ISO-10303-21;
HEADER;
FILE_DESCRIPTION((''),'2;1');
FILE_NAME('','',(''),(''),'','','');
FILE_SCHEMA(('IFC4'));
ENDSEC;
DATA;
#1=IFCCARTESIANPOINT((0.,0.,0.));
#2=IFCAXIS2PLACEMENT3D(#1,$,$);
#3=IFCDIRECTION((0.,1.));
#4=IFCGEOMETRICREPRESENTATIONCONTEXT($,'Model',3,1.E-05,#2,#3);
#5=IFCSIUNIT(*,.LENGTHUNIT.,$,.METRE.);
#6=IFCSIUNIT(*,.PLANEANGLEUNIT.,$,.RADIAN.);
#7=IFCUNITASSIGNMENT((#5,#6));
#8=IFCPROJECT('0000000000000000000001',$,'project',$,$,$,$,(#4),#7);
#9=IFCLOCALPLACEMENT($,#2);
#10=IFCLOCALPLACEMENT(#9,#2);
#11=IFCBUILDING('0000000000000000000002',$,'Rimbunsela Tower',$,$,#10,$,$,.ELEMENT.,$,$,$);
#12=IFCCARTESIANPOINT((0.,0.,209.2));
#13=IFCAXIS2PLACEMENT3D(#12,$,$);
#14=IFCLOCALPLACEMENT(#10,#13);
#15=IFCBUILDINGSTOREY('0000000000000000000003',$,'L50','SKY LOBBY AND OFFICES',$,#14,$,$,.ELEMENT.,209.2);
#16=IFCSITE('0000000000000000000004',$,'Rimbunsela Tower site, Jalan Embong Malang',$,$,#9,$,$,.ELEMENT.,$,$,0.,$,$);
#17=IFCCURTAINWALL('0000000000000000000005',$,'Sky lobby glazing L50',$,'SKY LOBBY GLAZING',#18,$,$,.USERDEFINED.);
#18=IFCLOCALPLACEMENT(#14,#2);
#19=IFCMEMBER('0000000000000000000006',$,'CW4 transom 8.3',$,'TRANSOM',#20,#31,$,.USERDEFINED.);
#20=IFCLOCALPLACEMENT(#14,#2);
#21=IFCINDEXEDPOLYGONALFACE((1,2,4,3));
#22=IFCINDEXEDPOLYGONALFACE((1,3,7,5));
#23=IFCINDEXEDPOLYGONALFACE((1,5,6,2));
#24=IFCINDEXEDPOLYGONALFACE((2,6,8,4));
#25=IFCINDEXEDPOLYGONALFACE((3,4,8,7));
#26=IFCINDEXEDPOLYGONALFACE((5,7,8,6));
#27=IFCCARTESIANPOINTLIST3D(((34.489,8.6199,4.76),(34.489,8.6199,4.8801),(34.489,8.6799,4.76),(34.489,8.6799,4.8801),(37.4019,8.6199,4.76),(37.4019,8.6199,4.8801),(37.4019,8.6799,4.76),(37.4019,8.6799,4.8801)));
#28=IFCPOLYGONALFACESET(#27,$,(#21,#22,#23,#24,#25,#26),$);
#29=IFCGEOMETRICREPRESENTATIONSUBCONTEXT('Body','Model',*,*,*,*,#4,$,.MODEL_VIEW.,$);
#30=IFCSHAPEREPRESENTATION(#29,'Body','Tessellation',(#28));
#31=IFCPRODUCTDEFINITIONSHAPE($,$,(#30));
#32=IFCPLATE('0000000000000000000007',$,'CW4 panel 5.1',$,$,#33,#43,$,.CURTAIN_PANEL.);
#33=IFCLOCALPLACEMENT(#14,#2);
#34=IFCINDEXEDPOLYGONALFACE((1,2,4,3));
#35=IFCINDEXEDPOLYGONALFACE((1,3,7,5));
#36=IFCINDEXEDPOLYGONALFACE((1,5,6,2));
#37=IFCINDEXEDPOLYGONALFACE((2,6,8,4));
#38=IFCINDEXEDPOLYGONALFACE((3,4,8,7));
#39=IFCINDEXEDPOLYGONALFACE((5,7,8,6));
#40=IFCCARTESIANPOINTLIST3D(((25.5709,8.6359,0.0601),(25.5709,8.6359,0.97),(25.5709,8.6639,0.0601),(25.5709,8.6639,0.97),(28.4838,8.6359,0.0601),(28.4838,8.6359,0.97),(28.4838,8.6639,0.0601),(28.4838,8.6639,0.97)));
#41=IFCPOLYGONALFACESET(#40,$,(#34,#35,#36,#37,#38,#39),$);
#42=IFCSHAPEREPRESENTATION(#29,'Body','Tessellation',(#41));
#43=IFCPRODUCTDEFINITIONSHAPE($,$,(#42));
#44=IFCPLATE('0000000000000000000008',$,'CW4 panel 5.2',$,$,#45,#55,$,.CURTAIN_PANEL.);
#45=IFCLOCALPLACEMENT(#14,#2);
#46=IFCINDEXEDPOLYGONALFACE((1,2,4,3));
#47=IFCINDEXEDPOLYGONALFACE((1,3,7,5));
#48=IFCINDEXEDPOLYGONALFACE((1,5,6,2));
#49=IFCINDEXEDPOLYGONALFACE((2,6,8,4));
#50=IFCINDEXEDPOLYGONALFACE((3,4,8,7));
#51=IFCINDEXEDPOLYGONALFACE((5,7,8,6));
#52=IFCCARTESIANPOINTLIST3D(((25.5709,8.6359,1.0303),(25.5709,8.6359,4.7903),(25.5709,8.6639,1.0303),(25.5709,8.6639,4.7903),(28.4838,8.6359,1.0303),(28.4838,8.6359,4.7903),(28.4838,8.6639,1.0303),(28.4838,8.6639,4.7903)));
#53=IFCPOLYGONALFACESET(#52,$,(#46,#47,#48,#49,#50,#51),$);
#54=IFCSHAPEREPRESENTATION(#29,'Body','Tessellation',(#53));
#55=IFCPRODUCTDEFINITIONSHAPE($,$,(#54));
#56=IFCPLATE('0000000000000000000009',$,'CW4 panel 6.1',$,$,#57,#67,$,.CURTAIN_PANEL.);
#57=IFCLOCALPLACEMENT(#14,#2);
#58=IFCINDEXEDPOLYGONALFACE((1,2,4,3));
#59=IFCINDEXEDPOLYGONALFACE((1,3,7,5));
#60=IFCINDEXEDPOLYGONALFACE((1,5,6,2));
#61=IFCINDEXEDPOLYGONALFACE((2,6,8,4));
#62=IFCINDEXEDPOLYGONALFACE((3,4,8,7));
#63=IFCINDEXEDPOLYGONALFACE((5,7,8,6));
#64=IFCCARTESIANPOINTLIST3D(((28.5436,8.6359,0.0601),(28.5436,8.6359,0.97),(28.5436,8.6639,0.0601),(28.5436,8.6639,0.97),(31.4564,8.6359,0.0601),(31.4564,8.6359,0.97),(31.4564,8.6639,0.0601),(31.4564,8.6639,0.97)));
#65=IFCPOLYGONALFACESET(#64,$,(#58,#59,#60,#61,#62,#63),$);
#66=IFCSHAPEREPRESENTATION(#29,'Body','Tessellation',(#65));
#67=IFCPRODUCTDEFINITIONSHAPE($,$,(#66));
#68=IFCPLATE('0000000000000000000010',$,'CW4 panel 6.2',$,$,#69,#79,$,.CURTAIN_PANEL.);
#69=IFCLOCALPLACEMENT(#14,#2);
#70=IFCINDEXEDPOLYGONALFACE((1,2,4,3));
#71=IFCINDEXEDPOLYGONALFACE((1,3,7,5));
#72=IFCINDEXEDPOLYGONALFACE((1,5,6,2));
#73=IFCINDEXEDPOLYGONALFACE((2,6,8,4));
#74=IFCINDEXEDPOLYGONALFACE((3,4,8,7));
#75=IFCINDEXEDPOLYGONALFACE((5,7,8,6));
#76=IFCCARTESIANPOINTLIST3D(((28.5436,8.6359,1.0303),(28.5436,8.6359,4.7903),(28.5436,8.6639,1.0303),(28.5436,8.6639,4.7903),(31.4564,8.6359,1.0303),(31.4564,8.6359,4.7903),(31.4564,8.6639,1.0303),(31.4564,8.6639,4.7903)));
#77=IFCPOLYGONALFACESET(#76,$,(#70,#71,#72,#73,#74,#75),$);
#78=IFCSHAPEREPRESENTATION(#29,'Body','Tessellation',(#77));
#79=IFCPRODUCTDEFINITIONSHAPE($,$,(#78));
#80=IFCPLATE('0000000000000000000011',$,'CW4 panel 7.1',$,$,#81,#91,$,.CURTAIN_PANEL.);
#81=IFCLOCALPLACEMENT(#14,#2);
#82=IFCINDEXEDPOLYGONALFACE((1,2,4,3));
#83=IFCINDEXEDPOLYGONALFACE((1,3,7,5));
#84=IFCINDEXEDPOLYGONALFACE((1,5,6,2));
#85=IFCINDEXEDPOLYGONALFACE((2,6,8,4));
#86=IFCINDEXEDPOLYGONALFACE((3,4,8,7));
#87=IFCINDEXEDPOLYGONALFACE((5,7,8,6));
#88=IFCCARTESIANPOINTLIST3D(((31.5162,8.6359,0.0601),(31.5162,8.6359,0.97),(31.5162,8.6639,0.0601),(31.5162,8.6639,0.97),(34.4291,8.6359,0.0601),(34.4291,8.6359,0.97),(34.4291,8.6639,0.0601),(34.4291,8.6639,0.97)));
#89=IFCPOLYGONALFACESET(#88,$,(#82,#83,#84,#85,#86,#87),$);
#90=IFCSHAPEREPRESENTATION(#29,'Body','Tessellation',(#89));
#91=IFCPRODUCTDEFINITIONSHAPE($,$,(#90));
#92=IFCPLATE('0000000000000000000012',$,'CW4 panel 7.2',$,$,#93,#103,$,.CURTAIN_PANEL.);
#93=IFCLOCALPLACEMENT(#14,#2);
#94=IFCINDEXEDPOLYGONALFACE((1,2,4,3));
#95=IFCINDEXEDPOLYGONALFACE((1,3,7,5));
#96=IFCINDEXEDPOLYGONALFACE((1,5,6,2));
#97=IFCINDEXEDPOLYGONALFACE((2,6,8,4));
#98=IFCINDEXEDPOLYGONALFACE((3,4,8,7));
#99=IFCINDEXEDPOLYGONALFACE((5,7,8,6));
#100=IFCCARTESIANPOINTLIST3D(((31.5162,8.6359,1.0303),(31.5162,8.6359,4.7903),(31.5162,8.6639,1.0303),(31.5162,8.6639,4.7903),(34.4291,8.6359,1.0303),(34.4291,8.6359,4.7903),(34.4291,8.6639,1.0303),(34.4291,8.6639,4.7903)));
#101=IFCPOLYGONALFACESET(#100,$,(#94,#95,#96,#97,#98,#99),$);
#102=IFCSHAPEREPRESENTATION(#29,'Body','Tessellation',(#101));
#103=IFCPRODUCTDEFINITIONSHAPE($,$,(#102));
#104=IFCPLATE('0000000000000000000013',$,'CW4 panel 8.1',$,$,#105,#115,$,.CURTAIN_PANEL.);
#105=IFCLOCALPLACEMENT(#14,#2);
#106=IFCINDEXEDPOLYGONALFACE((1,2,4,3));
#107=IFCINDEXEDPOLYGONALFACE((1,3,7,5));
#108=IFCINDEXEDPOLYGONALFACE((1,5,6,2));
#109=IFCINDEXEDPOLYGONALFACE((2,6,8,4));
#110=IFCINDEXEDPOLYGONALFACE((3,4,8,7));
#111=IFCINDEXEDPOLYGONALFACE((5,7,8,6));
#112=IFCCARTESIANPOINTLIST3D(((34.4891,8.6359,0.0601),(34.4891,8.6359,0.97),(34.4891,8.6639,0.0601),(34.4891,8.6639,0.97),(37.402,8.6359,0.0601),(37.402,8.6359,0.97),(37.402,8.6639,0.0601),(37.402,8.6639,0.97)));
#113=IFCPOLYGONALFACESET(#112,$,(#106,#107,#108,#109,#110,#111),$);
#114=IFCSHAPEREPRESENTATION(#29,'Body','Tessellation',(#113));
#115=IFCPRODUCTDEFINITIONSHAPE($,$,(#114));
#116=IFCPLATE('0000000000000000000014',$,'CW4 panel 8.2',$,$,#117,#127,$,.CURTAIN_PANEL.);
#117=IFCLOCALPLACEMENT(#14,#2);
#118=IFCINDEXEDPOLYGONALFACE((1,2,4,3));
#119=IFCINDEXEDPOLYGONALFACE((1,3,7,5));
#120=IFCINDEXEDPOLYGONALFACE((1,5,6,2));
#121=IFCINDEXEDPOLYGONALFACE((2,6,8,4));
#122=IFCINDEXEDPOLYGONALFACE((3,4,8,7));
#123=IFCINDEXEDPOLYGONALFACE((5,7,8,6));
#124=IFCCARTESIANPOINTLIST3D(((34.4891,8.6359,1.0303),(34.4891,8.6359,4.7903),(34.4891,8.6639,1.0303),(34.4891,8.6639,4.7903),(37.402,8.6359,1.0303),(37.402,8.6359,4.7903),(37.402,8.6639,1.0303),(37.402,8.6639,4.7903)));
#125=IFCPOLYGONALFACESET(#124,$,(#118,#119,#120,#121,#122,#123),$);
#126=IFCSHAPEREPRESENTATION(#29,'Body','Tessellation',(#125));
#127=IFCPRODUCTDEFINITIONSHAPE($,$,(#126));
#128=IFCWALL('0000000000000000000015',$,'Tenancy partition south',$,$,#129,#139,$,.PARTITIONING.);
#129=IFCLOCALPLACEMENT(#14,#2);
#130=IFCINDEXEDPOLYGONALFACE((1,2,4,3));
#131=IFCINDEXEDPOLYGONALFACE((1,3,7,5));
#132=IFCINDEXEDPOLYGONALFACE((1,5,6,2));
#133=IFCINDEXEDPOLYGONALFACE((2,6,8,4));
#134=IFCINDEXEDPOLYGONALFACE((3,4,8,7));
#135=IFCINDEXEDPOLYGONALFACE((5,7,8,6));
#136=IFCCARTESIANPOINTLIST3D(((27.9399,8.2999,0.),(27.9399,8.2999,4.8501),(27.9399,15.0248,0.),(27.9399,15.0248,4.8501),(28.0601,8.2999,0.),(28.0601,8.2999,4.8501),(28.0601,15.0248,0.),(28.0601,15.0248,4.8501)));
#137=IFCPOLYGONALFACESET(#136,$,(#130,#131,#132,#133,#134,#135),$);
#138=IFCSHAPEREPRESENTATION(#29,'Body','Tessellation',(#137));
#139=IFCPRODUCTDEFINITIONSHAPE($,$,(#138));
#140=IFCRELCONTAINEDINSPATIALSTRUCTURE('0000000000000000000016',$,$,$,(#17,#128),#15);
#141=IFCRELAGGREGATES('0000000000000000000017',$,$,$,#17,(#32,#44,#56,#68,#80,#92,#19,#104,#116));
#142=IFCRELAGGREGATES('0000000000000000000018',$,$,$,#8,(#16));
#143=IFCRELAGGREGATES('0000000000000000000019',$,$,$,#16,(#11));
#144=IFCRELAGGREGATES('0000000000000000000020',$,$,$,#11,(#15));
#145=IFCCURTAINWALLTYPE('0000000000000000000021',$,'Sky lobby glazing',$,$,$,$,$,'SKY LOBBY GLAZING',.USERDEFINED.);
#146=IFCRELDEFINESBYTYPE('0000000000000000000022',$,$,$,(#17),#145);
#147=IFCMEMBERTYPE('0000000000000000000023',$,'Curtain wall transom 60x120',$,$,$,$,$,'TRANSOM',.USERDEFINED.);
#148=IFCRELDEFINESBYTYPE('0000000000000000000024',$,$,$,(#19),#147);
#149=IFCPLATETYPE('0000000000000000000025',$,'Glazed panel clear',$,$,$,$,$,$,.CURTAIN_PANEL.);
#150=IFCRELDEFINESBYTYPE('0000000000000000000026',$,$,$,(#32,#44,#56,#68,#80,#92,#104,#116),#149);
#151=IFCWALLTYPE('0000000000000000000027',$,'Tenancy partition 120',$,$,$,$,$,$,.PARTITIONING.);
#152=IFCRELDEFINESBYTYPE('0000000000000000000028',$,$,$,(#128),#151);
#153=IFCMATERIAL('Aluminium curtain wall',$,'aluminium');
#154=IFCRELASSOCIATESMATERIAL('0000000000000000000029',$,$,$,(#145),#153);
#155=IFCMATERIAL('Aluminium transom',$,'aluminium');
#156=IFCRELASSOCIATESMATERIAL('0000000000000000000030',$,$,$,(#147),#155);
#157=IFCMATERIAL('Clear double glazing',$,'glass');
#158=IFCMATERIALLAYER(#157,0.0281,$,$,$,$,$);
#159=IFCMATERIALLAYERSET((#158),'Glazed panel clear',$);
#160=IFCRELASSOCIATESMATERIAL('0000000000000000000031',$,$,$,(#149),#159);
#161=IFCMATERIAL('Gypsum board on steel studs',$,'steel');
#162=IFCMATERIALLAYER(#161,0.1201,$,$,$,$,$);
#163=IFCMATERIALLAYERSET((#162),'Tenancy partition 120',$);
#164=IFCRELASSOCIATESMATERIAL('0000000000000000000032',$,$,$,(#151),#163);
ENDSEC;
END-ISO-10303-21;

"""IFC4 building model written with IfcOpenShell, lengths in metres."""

from ifc_helpers import new_model, si_unit, direction, frame, frame_2d, origin, origin_2d, place, context, subcontext, project, spatial, rectangle, extrude, material, layer, layer_set, material_profile, profile_set, type_object, element, aggregate, save


model = new_model("IFC4")

# Units and contexts
model_context = context("Model", 3, precision=1e-05, world=origin(), true_north=direction((0.0, 1.0)))
body_context = subcontext(model_context, "Body", "Model", "MODEL_VIEW")
ifc_project = project(units=[si_unit("LENGTHUNIT", "METRE"), si_unit("PLANEANGLEUNIT", "RADIAN")], contexts=[model_context])

# Site, building, storey
site_placement = place(None, origin())
site = spatial("IfcSite", under=ifc_project, at=site_placement, Name="Rimbunsela Tower site, Jalan Embong Malang", CompositionType="ELEMENT", RefElevation=0.0)
building_placement = place(site_placement, origin())
building = spatial("IfcBuilding", under=site, at=building_placement, Name="Rimbunsela Tower", CompositionType="ELEMENT")
storey_placement = place(building_placement, frame((0.0, 0.0, 209.2)))
storey = spatial("IfcBuildingStorey", under=building, at=storey_placement, Name="L50", Description="SKY LOBBY AND OFFICES", CompositionType="ELEMENT", Elevation=209.2)

# Curtain wall, member, plates
ifc_material_1 = material(Name="Aluminium curtain wall", Category="aluminium")
curtain_wall_type = type_object("IfcCurtainWallType", Name="Sky lobby glazing", ElementType="SKY LOBBY GLAZING", PredefinedType="USERDEFINED", material=ifc_material_1)
curtain_wall_placement = place(storey_placement, origin())
curtain_wall = element("IfcCurtainWall", 1, at=curtain_wall_placement, inside=storey, type_object=curtain_wall_type, Name="Sky lobby glazing L50", ObjectType="SKY LOBBY GLAZING", PredefinedType="USERDEFINED")
ifc_material_2 = material(Name="Aluminium transom", Category="aluminium")
ifc_material_profile_1 = material_profile(ifc_material_2, rectangle(XDim=0.0601, YDim=0.1201, at=origin_2d()), Name="Transom 60x120")
ifc_profile_set_1 = profile_set([ifc_material_profile_1], Name="Aluminium transom")
member_type_1 = type_object("IfcMemberType", Name="Curtain wall transom 60x120", ElementType="TRANSOM", PredefinedType="USERDEFINED", material=ifc_profile_set_1)
member_1_placement = place(storey_placement, frame((34.489, 8.6499, 4.8201), z_axis=(1.0, 0.0, 0.0), x_axis=(0.0, 1.0, 0.0)))
member_1 = element("IfcMember", 2, at=member_1_placement, type_object=member_type_1, Name="CW4 transom 8.3", ObjectType="TRANSOM", PredefinedType="USERDEFINED", context=body_context, shape_type="SweptSolid", body=[
    extrude(rectangle(XDim=0.0601, YDim=0.1201, at=origin_2d()), origin(), (0.0, 0.0, 1.0), 2.9128),
])
ifc_material_3 = material(Name="Clear double glazing", Category="glass")
ifc_layer_1 = layer(ifc_material_3, 0.0281)
ifc_layer_set_1 = layer_set([ifc_layer_1], Name="Glazed panel clear")
plate_type = type_object("IfcPlateType", Name="Glazed panel clear", PredefinedType="CURTAIN_PANEL", material=ifc_layer_set_1)
plate_1_placement = place(storey_placement, frame((27.0273, 8.6499, 0.0601), z_axis=(0.0, 0.0, 1.0), x_axis=(1.0, 0.0, 0.0)))
plate_1 = element("IfcPlate", 3, at=plate_1_placement, type_object=plate_type, Name="CW4 panel 5.1", PredefinedType="CURTAIN_PANEL", context=body_context, shape_type="SweptSolid", body=[
    extrude(rectangle(XDim=2.9128, YDim=0.0281, at=origin_2d()), origin(), (0.0, 0.0, 1.0), 0.9099),
])
plate_2_placement = place(storey_placement, frame((27.0273, 8.6499, 1.0303), z_axis=(0.0, 0.0, 1.0), x_axis=(1.0, 0.0, 0.0)))
plate_2 = element("IfcPlate", 4, at=plate_2_placement, type_object=plate_type, Name="CW4 panel 5.2", PredefinedType="CURTAIN_PANEL", context=body_context, shape_type="SweptSolid", body=[
    extrude(rectangle(XDim=2.9128, YDim=0.0281, at=origin_2d()), origin(), (0.0, 0.0, 1.0), 3.76),
])
plate_3_placement = place(storey_placement, frame((30.0, 8.6499, 0.0601), z_axis=(0.0, 0.0, 1.0), x_axis=(1.0, 0.0, 0.0)))
plate_3 = element("IfcPlate", 5, at=plate_3_placement, type_object=plate_type, Name="CW4 panel 6.1", PredefinedType="CURTAIN_PANEL", context=body_context, shape_type="SweptSolid", body=[
    extrude(rectangle(XDim=2.9128, YDim=0.0281, at=origin_2d()), origin(), (0.0, 0.0, 1.0), 0.9099),
])
plate_4_placement = place(storey_placement, frame((30.0, 8.6499, 1.0303), z_axis=(0.0, 0.0, 1.0), x_axis=(1.0, 0.0, 0.0)))
plate_4 = element("IfcPlate", 6, at=plate_4_placement, type_object=plate_type, Name="CW4 panel 6.2", PredefinedType="CURTAIN_PANEL", context=body_context, shape_type="SweptSolid", body=[
    extrude(rectangle(XDim=2.9128, YDim=0.0281, at=origin_2d()), origin(), (0.0, 0.0, 1.0), 3.76),
])
plate_5_placement = place(storey_placement, frame((32.9727, 8.6499, 0.0601), z_axis=(0.0, 0.0, 1.0), x_axis=(1.0, 0.0, 0.0)))
plate_5 = element("IfcPlate", 7, at=plate_5_placement, type_object=plate_type, Name="CW4 panel 7.1", PredefinedType="CURTAIN_PANEL", context=body_context, shape_type="SweptSolid", body=[
    extrude(rectangle(XDim=2.9128, YDim=0.0281, at=origin_2d()), origin(), (0.0, 0.0, 1.0), 0.9099),
])
plate_6_placement = place(storey_placement, frame((32.9727, 8.6499, 1.0303), z_axis=(0.0, 0.0, 1.0), x_axis=(1.0, 0.0, 0.0)))
plate_6 = element("IfcPlate", 8, at=plate_6_placement, type_object=plate_type, Name="CW4 panel 7.2", PredefinedType="CURTAIN_PANEL", context=body_context, shape_type="SweptSolid", body=[
    extrude(rectangle(XDim=2.9128, YDim=0.0281, at=origin_2d()), origin(), (0.0, 0.0, 1.0), 3.76),
])
plate_7_placement = place(storey_placement, frame((35.9456, 8.6499, 0.0601), z_axis=(0.0, 0.0, 1.0), x_axis=(1.0, 0.0, 0.0)))
plate_7 = element("IfcPlate", 9, at=plate_7_placement, type_object=plate_type, Name="CW4 panel 8.1", PredefinedType="CURTAIN_PANEL", context=body_context, shape_type="SweptSolid", body=[
    extrude(rectangle(XDim=2.9128, YDim=0.0281, at=origin_2d()), origin(), (0.0, 0.0, 1.0), 0.9099),
])
plate_8_placement = place(storey_placement, frame((35.9456, 8.6499, 1.0303), z_axis=(0.0, 0.0, 1.0), x_axis=(1.0, 0.0, 0.0)))
plate_8 = element("IfcPlate", 10, at=plate_8_placement, type_object=plate_type, Name="CW4 panel 8.2", PredefinedType="CURTAIN_PANEL", context=body_context, shape_type="SweptSolid", body=[
    extrude(rectangle(XDim=2.9128, YDim=0.0281, at=origin_2d()), origin(), (0.0, 0.0, 1.0), 3.76),
])
aggregate(curtain_wall, [plate_1, plate_2, plate_3, plate_4, plate_5, plate_6, member_1, plate_7, plate_8])

# Wall
ifc_material_4 = material(Name="Gypsum board on steel studs", Category="steel")
ifc_layer_2 = layer(ifc_material_4, 0.1201)
ifc_layer_set_2 = layer_set([ifc_layer_2], Name="Tenancy partition 120")
wall_type = type_object("IfcWallType", Name="Tenancy partition 120", PredefinedType="PARTITIONING", material=ifc_layer_set_2)
wall_placement = place(storey_placement, frame((28.0, 8.3, 0.0), z_axis=(0.0, 0.0, 1.0), x_axis=(0.0, 1.0, 0.0)))
element("IfcWall", 11, at=wall_placement, inside=storey, type_object=wall_type, Name="Tenancy partition south", PredefinedType="PARTITIONING", context=body_context, shape_type="SweptSolid", body=[
    extrude(rectangle(XDim=6.7249, YDim=0.1201, at=frame_2d((3.3623, 0.0))), origin(), (0.0, 0.0, 1.0), 4.8501),
])

save(model, "model.ifc")
